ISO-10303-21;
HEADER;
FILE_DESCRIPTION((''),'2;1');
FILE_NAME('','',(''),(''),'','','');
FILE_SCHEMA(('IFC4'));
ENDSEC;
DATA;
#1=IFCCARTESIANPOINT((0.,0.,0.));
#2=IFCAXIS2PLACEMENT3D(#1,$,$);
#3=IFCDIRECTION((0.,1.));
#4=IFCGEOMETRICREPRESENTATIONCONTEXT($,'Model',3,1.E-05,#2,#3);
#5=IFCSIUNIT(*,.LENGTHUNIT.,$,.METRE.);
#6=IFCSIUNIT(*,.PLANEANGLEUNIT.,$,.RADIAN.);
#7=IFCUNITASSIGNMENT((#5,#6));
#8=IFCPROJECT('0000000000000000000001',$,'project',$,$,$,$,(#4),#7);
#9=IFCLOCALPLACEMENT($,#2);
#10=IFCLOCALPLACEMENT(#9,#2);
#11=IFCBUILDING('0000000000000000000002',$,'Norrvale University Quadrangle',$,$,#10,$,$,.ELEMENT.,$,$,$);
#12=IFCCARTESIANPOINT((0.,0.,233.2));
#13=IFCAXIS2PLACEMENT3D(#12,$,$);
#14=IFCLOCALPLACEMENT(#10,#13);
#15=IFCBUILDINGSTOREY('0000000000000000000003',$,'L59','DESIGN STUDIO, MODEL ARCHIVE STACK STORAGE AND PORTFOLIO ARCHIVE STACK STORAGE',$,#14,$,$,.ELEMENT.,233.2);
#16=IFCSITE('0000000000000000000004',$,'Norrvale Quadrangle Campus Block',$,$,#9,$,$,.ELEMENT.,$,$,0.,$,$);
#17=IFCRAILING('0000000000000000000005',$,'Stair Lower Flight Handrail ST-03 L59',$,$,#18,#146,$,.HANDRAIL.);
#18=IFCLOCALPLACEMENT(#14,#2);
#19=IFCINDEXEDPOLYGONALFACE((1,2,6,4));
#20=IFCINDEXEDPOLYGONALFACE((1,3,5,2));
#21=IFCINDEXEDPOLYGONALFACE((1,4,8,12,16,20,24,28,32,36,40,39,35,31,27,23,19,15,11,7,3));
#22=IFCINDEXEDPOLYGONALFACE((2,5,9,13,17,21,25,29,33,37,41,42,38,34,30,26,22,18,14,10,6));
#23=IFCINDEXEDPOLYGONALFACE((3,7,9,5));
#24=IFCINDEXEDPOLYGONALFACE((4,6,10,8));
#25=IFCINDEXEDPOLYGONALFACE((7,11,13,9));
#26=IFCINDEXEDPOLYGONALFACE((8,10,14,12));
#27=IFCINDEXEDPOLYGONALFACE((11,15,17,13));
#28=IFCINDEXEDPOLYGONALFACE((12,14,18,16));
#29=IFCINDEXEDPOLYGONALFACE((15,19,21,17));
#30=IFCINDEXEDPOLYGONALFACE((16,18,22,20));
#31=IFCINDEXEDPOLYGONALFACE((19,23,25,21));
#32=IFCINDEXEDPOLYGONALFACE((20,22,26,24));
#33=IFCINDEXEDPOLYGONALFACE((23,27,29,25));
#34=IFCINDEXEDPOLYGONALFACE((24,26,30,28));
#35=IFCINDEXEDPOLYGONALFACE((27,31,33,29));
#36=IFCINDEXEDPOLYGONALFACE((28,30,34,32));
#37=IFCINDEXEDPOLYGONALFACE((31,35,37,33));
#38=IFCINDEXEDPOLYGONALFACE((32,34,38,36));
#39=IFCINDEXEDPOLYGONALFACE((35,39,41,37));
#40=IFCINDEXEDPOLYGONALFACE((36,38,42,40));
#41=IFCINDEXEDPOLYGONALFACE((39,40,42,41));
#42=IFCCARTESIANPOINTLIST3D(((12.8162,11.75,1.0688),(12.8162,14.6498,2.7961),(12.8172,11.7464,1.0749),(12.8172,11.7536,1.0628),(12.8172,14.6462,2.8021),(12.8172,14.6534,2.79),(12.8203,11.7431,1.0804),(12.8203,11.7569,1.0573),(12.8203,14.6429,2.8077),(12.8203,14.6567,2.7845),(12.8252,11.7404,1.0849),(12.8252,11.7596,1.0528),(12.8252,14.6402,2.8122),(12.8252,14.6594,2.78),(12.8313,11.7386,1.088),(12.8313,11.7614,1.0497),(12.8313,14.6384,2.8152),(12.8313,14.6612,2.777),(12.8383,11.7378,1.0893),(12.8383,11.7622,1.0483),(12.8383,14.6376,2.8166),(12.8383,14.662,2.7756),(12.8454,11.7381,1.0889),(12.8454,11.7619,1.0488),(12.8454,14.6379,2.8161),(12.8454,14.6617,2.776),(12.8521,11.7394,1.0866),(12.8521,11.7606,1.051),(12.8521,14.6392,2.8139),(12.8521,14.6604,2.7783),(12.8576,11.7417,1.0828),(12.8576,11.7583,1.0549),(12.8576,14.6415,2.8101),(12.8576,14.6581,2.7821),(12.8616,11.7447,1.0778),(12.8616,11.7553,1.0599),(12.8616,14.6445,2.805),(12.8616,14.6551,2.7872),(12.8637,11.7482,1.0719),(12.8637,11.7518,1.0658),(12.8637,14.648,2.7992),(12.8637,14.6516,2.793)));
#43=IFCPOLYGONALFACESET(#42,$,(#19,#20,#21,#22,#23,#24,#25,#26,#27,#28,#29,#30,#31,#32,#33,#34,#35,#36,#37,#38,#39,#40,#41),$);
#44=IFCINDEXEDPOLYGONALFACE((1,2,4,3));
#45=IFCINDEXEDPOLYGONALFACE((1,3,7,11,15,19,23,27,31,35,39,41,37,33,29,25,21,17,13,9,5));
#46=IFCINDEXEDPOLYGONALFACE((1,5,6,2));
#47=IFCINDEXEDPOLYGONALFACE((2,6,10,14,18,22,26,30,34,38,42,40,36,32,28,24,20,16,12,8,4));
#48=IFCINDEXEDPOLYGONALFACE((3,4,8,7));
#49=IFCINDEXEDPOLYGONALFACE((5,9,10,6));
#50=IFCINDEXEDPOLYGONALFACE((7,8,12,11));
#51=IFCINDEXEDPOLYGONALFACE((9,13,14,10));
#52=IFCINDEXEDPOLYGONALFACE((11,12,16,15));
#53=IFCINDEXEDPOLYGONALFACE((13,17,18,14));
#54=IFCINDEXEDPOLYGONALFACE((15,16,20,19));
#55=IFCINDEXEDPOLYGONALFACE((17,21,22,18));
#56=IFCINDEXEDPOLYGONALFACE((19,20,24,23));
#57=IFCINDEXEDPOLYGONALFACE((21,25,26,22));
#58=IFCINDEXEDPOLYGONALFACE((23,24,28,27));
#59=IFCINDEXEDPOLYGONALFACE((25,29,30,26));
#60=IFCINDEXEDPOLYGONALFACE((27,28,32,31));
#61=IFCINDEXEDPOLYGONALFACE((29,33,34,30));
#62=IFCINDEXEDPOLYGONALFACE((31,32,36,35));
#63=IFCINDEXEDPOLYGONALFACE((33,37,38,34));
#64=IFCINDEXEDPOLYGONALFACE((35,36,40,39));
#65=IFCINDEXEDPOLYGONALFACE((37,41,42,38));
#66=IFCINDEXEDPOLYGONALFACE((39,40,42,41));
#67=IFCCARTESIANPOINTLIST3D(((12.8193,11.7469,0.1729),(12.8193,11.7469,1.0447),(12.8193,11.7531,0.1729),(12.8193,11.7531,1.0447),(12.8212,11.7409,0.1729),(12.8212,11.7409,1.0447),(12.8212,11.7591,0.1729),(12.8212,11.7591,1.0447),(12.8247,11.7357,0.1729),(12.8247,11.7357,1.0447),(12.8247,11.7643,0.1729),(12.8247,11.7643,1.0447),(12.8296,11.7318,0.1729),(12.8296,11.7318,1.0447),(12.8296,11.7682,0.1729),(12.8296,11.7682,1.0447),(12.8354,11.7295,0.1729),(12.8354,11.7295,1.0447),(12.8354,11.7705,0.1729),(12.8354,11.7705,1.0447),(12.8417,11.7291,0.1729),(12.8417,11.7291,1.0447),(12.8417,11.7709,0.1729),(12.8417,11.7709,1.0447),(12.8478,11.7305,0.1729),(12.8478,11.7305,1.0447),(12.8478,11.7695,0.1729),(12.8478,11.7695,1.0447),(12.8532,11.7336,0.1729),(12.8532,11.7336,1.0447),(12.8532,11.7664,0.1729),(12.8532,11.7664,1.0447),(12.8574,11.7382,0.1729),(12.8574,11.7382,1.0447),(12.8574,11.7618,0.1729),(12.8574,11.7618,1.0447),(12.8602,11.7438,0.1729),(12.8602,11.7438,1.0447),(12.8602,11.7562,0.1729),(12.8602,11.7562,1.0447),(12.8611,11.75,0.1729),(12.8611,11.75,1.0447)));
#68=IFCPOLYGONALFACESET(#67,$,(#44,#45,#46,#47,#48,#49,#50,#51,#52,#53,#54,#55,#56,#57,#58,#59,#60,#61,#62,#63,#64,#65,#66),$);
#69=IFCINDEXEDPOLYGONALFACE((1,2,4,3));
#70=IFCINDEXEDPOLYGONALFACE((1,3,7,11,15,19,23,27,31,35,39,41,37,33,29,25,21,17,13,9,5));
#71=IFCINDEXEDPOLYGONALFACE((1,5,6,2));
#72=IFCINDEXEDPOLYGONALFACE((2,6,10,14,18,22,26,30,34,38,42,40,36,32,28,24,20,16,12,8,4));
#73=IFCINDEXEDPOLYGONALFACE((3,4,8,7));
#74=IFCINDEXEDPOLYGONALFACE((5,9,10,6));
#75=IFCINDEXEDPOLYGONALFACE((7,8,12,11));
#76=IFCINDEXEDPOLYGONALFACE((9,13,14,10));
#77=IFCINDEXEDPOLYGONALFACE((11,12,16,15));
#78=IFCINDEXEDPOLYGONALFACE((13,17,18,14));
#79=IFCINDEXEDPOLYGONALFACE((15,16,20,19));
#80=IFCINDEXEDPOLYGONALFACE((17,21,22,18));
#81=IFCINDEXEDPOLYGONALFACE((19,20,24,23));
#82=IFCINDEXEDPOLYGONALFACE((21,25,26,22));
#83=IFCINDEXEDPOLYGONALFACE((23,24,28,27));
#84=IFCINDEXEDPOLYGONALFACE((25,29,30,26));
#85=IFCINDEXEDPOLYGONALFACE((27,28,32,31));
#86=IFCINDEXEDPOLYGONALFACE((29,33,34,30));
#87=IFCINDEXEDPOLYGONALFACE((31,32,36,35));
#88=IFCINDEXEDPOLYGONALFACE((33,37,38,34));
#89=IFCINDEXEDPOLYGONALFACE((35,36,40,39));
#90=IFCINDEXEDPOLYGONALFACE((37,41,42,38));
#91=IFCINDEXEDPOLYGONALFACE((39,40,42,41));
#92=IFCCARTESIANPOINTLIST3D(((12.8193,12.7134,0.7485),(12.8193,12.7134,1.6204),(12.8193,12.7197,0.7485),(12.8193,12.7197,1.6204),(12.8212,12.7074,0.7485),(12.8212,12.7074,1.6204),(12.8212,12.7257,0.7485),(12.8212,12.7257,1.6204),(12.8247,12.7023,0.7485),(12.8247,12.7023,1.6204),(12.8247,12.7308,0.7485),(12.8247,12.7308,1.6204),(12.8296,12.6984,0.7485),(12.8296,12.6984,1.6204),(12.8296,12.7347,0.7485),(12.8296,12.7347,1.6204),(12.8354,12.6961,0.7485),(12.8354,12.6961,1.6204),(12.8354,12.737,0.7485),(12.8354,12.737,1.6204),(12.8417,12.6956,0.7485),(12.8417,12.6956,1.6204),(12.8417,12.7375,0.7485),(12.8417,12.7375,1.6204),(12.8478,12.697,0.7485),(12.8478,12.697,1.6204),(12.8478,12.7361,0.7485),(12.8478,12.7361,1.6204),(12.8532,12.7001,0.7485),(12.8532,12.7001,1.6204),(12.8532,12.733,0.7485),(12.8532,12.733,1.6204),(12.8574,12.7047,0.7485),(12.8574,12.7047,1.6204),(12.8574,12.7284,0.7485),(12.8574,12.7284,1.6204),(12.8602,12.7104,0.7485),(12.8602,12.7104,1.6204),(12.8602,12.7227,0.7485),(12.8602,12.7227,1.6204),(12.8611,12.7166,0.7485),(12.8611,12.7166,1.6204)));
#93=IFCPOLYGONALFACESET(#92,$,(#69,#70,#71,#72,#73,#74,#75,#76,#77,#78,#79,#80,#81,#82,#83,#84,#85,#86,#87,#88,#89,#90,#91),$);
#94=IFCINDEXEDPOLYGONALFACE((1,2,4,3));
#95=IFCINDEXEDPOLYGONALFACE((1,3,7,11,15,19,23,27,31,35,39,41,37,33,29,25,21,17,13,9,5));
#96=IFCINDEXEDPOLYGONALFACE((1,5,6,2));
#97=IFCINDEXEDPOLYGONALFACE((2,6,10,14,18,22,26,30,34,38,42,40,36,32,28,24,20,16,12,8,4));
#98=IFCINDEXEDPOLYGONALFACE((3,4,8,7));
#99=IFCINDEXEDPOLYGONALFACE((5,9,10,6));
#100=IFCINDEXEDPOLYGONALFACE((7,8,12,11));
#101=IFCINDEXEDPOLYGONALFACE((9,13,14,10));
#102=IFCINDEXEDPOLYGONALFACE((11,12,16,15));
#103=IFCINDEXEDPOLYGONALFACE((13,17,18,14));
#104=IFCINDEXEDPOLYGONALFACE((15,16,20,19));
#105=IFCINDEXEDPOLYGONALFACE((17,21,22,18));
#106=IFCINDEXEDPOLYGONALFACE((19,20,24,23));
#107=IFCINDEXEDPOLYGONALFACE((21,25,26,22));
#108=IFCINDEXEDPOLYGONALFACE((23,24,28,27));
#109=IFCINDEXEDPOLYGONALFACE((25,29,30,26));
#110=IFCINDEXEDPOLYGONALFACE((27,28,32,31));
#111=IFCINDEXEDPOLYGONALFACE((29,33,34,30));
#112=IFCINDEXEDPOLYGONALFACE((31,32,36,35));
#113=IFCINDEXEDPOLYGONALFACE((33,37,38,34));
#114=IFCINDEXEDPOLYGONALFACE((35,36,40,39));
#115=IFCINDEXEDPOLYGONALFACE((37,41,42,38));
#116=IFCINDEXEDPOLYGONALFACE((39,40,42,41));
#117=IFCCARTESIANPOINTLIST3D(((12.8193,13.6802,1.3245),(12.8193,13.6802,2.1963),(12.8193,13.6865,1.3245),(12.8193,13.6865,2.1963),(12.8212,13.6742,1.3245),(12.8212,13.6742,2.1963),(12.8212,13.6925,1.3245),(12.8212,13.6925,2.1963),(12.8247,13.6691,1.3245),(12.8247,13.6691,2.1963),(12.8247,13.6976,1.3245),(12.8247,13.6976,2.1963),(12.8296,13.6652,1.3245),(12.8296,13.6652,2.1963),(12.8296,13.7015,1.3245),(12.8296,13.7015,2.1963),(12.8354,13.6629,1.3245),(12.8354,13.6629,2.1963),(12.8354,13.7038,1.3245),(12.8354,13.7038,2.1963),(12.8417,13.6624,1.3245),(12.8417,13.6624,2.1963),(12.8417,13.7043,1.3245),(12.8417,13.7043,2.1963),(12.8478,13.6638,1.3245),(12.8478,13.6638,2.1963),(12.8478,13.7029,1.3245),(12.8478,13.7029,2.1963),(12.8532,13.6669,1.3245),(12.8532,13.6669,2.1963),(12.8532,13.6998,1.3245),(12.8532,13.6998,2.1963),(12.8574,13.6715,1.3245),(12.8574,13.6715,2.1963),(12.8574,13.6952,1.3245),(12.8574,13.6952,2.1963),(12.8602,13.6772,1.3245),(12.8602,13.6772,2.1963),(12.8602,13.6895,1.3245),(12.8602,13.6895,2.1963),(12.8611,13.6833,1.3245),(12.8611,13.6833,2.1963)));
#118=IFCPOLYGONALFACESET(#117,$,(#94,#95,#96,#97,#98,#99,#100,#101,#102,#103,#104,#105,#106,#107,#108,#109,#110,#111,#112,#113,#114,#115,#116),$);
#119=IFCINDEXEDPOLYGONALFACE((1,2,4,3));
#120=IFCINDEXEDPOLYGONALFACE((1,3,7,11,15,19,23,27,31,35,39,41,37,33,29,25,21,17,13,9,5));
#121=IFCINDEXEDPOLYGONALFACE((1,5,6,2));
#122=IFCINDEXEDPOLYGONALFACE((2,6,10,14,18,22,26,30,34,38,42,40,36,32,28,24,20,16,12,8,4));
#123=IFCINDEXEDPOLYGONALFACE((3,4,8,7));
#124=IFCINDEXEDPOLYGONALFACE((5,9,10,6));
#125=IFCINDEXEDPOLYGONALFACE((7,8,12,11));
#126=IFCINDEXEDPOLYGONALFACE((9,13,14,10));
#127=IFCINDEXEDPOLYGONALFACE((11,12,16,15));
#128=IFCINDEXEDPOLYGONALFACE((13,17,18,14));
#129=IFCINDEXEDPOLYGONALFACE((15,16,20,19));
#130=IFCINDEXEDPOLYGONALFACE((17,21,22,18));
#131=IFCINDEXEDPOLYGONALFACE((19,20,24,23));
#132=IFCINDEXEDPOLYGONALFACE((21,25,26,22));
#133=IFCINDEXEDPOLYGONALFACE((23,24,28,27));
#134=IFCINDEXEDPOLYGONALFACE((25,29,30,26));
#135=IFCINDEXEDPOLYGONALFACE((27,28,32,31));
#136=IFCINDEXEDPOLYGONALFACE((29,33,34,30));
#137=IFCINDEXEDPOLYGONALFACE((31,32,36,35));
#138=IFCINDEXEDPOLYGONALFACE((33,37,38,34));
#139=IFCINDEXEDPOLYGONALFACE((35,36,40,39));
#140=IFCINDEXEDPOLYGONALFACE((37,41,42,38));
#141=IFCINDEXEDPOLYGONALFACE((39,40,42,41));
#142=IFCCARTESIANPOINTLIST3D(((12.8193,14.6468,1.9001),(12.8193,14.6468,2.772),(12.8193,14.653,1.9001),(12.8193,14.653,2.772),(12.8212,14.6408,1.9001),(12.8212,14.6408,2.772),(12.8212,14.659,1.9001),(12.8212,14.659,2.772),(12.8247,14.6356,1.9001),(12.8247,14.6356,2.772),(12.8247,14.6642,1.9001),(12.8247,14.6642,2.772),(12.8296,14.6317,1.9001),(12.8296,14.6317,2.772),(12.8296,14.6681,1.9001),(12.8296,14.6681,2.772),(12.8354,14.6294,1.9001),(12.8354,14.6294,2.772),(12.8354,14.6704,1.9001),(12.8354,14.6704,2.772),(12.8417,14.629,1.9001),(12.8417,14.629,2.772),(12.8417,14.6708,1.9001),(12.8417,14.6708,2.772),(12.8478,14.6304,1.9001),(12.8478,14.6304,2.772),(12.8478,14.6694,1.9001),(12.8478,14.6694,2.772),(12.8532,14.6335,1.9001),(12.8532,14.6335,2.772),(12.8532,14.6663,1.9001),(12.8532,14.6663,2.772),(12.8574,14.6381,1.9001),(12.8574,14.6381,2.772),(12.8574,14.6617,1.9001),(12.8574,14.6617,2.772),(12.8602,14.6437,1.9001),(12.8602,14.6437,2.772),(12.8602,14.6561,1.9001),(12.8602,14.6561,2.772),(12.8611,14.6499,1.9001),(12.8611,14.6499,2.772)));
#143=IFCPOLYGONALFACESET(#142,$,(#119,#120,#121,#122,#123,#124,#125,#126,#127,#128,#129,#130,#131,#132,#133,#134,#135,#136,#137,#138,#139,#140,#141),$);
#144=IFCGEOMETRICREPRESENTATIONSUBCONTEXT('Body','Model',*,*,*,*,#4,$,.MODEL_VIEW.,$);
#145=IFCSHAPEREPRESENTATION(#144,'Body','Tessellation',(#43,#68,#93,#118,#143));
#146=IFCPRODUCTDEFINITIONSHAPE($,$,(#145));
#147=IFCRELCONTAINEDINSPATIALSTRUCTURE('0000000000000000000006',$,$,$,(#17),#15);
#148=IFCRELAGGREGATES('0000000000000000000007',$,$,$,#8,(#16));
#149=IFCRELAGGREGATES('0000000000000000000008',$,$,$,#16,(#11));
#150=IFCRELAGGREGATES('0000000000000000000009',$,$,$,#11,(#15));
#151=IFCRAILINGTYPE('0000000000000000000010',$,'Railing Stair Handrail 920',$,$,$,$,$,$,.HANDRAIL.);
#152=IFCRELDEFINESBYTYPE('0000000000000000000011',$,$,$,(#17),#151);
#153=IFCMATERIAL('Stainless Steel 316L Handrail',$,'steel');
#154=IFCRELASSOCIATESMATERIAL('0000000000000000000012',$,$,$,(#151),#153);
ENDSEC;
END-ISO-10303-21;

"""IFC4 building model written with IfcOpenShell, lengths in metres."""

from ifc_helpers import new_model, si_unit, direction, frame, origin, origin_2d, place, context, subcontext, project, spatial, circle, extrude, material, type_object, element, save


model = new_model("IFC4")

# Units and contexts
model_context = context("Model", 3, precision=1e-05, world=origin(), true_north=direction((0.0, 1.0)))
body_context = subcontext(model_context, "Body", "Model", "MODEL_VIEW")
ifc_project = project(units=[si_unit("LENGTHUNIT", "METRE"), si_unit("PLANEANGLEUNIT", "RADIAN")], contexts=[model_context])

# Site, building, storey
site_placement = place(None, origin())
site = spatial("IfcSite", under=ifc_project, at=site_placement, Name="Norrvale Quadrangle Campus Block", CompositionType="ELEMENT", RefElevation=0.0)
building_placement = place(site_placement, origin())
building = spatial("IfcBuilding", under=site, at=building_placement, Name="Norrvale University Quadrangle", CompositionType="ELEMENT")
storey_placement = place(building_placement, frame((0.0, 0.0, 233.2)))
storey = spatial("IfcBuildingStorey", under=building, at=storey_placement, Name="L59", Description="DESIGN STUDIO, MODEL ARCHIVE STACK STORAGE AND PORTFOLIO ARCHIVE STACK STORAGE", CompositionType="ELEMENT", Elevation=233.2)

# Railing
ifc_material_1 = material(Name="Stainless Steel 316L Handrail", Category="steel")
railing_type_1 = type_object("IfcRailingType", Name="Railing Stair Handrail 920", PredefinedType="HANDRAIL", material=ifc_material_1)
railing_1_placement = place(storey_placement, frame((12.8401, 11.75, 0.1729)))
element("IfcRailing", 1, at=railing_1_placement, inside=storey, type_object=railing_type_1, Name="Stair Lower Flight Handrail ST-03 L59", PredefinedType="HANDRAIL", context=body_context, shape_type="SweptSolid", body=[
    extrude(circle(Radius=0.0239, at=origin_2d()), frame((0.0, 0.0, 0.896), z_axis=(0.0, 0.859141, 0.511738), x_axis=(-1.0, 0.0, 0.0)), (0.0, 0.0, 1.0), 3.3752),
    extrude(circle(Radius=0.021, at=origin_2d()), origin(), (0.0, 0.0, 1.0), 0.8718),
    extrude(circle(Radius=0.021, at=origin_2d()), frame((0.0, 0.9666, 0.5757)), (0.0, 0.0, 1.0), 0.8718),
    extrude(circle(Radius=0.021, at=origin_2d()), frame((0.0, 1.9333, 1.1516)), (0.0, 0.0, 1.0), 0.8718),
    extrude(circle(Radius=0.021, at=origin_2d()), frame((0.0, 2.8999, 1.7273)), (0.0, 0.0, 1.0), 0.8718),
])

save(model, "model.ifc")
